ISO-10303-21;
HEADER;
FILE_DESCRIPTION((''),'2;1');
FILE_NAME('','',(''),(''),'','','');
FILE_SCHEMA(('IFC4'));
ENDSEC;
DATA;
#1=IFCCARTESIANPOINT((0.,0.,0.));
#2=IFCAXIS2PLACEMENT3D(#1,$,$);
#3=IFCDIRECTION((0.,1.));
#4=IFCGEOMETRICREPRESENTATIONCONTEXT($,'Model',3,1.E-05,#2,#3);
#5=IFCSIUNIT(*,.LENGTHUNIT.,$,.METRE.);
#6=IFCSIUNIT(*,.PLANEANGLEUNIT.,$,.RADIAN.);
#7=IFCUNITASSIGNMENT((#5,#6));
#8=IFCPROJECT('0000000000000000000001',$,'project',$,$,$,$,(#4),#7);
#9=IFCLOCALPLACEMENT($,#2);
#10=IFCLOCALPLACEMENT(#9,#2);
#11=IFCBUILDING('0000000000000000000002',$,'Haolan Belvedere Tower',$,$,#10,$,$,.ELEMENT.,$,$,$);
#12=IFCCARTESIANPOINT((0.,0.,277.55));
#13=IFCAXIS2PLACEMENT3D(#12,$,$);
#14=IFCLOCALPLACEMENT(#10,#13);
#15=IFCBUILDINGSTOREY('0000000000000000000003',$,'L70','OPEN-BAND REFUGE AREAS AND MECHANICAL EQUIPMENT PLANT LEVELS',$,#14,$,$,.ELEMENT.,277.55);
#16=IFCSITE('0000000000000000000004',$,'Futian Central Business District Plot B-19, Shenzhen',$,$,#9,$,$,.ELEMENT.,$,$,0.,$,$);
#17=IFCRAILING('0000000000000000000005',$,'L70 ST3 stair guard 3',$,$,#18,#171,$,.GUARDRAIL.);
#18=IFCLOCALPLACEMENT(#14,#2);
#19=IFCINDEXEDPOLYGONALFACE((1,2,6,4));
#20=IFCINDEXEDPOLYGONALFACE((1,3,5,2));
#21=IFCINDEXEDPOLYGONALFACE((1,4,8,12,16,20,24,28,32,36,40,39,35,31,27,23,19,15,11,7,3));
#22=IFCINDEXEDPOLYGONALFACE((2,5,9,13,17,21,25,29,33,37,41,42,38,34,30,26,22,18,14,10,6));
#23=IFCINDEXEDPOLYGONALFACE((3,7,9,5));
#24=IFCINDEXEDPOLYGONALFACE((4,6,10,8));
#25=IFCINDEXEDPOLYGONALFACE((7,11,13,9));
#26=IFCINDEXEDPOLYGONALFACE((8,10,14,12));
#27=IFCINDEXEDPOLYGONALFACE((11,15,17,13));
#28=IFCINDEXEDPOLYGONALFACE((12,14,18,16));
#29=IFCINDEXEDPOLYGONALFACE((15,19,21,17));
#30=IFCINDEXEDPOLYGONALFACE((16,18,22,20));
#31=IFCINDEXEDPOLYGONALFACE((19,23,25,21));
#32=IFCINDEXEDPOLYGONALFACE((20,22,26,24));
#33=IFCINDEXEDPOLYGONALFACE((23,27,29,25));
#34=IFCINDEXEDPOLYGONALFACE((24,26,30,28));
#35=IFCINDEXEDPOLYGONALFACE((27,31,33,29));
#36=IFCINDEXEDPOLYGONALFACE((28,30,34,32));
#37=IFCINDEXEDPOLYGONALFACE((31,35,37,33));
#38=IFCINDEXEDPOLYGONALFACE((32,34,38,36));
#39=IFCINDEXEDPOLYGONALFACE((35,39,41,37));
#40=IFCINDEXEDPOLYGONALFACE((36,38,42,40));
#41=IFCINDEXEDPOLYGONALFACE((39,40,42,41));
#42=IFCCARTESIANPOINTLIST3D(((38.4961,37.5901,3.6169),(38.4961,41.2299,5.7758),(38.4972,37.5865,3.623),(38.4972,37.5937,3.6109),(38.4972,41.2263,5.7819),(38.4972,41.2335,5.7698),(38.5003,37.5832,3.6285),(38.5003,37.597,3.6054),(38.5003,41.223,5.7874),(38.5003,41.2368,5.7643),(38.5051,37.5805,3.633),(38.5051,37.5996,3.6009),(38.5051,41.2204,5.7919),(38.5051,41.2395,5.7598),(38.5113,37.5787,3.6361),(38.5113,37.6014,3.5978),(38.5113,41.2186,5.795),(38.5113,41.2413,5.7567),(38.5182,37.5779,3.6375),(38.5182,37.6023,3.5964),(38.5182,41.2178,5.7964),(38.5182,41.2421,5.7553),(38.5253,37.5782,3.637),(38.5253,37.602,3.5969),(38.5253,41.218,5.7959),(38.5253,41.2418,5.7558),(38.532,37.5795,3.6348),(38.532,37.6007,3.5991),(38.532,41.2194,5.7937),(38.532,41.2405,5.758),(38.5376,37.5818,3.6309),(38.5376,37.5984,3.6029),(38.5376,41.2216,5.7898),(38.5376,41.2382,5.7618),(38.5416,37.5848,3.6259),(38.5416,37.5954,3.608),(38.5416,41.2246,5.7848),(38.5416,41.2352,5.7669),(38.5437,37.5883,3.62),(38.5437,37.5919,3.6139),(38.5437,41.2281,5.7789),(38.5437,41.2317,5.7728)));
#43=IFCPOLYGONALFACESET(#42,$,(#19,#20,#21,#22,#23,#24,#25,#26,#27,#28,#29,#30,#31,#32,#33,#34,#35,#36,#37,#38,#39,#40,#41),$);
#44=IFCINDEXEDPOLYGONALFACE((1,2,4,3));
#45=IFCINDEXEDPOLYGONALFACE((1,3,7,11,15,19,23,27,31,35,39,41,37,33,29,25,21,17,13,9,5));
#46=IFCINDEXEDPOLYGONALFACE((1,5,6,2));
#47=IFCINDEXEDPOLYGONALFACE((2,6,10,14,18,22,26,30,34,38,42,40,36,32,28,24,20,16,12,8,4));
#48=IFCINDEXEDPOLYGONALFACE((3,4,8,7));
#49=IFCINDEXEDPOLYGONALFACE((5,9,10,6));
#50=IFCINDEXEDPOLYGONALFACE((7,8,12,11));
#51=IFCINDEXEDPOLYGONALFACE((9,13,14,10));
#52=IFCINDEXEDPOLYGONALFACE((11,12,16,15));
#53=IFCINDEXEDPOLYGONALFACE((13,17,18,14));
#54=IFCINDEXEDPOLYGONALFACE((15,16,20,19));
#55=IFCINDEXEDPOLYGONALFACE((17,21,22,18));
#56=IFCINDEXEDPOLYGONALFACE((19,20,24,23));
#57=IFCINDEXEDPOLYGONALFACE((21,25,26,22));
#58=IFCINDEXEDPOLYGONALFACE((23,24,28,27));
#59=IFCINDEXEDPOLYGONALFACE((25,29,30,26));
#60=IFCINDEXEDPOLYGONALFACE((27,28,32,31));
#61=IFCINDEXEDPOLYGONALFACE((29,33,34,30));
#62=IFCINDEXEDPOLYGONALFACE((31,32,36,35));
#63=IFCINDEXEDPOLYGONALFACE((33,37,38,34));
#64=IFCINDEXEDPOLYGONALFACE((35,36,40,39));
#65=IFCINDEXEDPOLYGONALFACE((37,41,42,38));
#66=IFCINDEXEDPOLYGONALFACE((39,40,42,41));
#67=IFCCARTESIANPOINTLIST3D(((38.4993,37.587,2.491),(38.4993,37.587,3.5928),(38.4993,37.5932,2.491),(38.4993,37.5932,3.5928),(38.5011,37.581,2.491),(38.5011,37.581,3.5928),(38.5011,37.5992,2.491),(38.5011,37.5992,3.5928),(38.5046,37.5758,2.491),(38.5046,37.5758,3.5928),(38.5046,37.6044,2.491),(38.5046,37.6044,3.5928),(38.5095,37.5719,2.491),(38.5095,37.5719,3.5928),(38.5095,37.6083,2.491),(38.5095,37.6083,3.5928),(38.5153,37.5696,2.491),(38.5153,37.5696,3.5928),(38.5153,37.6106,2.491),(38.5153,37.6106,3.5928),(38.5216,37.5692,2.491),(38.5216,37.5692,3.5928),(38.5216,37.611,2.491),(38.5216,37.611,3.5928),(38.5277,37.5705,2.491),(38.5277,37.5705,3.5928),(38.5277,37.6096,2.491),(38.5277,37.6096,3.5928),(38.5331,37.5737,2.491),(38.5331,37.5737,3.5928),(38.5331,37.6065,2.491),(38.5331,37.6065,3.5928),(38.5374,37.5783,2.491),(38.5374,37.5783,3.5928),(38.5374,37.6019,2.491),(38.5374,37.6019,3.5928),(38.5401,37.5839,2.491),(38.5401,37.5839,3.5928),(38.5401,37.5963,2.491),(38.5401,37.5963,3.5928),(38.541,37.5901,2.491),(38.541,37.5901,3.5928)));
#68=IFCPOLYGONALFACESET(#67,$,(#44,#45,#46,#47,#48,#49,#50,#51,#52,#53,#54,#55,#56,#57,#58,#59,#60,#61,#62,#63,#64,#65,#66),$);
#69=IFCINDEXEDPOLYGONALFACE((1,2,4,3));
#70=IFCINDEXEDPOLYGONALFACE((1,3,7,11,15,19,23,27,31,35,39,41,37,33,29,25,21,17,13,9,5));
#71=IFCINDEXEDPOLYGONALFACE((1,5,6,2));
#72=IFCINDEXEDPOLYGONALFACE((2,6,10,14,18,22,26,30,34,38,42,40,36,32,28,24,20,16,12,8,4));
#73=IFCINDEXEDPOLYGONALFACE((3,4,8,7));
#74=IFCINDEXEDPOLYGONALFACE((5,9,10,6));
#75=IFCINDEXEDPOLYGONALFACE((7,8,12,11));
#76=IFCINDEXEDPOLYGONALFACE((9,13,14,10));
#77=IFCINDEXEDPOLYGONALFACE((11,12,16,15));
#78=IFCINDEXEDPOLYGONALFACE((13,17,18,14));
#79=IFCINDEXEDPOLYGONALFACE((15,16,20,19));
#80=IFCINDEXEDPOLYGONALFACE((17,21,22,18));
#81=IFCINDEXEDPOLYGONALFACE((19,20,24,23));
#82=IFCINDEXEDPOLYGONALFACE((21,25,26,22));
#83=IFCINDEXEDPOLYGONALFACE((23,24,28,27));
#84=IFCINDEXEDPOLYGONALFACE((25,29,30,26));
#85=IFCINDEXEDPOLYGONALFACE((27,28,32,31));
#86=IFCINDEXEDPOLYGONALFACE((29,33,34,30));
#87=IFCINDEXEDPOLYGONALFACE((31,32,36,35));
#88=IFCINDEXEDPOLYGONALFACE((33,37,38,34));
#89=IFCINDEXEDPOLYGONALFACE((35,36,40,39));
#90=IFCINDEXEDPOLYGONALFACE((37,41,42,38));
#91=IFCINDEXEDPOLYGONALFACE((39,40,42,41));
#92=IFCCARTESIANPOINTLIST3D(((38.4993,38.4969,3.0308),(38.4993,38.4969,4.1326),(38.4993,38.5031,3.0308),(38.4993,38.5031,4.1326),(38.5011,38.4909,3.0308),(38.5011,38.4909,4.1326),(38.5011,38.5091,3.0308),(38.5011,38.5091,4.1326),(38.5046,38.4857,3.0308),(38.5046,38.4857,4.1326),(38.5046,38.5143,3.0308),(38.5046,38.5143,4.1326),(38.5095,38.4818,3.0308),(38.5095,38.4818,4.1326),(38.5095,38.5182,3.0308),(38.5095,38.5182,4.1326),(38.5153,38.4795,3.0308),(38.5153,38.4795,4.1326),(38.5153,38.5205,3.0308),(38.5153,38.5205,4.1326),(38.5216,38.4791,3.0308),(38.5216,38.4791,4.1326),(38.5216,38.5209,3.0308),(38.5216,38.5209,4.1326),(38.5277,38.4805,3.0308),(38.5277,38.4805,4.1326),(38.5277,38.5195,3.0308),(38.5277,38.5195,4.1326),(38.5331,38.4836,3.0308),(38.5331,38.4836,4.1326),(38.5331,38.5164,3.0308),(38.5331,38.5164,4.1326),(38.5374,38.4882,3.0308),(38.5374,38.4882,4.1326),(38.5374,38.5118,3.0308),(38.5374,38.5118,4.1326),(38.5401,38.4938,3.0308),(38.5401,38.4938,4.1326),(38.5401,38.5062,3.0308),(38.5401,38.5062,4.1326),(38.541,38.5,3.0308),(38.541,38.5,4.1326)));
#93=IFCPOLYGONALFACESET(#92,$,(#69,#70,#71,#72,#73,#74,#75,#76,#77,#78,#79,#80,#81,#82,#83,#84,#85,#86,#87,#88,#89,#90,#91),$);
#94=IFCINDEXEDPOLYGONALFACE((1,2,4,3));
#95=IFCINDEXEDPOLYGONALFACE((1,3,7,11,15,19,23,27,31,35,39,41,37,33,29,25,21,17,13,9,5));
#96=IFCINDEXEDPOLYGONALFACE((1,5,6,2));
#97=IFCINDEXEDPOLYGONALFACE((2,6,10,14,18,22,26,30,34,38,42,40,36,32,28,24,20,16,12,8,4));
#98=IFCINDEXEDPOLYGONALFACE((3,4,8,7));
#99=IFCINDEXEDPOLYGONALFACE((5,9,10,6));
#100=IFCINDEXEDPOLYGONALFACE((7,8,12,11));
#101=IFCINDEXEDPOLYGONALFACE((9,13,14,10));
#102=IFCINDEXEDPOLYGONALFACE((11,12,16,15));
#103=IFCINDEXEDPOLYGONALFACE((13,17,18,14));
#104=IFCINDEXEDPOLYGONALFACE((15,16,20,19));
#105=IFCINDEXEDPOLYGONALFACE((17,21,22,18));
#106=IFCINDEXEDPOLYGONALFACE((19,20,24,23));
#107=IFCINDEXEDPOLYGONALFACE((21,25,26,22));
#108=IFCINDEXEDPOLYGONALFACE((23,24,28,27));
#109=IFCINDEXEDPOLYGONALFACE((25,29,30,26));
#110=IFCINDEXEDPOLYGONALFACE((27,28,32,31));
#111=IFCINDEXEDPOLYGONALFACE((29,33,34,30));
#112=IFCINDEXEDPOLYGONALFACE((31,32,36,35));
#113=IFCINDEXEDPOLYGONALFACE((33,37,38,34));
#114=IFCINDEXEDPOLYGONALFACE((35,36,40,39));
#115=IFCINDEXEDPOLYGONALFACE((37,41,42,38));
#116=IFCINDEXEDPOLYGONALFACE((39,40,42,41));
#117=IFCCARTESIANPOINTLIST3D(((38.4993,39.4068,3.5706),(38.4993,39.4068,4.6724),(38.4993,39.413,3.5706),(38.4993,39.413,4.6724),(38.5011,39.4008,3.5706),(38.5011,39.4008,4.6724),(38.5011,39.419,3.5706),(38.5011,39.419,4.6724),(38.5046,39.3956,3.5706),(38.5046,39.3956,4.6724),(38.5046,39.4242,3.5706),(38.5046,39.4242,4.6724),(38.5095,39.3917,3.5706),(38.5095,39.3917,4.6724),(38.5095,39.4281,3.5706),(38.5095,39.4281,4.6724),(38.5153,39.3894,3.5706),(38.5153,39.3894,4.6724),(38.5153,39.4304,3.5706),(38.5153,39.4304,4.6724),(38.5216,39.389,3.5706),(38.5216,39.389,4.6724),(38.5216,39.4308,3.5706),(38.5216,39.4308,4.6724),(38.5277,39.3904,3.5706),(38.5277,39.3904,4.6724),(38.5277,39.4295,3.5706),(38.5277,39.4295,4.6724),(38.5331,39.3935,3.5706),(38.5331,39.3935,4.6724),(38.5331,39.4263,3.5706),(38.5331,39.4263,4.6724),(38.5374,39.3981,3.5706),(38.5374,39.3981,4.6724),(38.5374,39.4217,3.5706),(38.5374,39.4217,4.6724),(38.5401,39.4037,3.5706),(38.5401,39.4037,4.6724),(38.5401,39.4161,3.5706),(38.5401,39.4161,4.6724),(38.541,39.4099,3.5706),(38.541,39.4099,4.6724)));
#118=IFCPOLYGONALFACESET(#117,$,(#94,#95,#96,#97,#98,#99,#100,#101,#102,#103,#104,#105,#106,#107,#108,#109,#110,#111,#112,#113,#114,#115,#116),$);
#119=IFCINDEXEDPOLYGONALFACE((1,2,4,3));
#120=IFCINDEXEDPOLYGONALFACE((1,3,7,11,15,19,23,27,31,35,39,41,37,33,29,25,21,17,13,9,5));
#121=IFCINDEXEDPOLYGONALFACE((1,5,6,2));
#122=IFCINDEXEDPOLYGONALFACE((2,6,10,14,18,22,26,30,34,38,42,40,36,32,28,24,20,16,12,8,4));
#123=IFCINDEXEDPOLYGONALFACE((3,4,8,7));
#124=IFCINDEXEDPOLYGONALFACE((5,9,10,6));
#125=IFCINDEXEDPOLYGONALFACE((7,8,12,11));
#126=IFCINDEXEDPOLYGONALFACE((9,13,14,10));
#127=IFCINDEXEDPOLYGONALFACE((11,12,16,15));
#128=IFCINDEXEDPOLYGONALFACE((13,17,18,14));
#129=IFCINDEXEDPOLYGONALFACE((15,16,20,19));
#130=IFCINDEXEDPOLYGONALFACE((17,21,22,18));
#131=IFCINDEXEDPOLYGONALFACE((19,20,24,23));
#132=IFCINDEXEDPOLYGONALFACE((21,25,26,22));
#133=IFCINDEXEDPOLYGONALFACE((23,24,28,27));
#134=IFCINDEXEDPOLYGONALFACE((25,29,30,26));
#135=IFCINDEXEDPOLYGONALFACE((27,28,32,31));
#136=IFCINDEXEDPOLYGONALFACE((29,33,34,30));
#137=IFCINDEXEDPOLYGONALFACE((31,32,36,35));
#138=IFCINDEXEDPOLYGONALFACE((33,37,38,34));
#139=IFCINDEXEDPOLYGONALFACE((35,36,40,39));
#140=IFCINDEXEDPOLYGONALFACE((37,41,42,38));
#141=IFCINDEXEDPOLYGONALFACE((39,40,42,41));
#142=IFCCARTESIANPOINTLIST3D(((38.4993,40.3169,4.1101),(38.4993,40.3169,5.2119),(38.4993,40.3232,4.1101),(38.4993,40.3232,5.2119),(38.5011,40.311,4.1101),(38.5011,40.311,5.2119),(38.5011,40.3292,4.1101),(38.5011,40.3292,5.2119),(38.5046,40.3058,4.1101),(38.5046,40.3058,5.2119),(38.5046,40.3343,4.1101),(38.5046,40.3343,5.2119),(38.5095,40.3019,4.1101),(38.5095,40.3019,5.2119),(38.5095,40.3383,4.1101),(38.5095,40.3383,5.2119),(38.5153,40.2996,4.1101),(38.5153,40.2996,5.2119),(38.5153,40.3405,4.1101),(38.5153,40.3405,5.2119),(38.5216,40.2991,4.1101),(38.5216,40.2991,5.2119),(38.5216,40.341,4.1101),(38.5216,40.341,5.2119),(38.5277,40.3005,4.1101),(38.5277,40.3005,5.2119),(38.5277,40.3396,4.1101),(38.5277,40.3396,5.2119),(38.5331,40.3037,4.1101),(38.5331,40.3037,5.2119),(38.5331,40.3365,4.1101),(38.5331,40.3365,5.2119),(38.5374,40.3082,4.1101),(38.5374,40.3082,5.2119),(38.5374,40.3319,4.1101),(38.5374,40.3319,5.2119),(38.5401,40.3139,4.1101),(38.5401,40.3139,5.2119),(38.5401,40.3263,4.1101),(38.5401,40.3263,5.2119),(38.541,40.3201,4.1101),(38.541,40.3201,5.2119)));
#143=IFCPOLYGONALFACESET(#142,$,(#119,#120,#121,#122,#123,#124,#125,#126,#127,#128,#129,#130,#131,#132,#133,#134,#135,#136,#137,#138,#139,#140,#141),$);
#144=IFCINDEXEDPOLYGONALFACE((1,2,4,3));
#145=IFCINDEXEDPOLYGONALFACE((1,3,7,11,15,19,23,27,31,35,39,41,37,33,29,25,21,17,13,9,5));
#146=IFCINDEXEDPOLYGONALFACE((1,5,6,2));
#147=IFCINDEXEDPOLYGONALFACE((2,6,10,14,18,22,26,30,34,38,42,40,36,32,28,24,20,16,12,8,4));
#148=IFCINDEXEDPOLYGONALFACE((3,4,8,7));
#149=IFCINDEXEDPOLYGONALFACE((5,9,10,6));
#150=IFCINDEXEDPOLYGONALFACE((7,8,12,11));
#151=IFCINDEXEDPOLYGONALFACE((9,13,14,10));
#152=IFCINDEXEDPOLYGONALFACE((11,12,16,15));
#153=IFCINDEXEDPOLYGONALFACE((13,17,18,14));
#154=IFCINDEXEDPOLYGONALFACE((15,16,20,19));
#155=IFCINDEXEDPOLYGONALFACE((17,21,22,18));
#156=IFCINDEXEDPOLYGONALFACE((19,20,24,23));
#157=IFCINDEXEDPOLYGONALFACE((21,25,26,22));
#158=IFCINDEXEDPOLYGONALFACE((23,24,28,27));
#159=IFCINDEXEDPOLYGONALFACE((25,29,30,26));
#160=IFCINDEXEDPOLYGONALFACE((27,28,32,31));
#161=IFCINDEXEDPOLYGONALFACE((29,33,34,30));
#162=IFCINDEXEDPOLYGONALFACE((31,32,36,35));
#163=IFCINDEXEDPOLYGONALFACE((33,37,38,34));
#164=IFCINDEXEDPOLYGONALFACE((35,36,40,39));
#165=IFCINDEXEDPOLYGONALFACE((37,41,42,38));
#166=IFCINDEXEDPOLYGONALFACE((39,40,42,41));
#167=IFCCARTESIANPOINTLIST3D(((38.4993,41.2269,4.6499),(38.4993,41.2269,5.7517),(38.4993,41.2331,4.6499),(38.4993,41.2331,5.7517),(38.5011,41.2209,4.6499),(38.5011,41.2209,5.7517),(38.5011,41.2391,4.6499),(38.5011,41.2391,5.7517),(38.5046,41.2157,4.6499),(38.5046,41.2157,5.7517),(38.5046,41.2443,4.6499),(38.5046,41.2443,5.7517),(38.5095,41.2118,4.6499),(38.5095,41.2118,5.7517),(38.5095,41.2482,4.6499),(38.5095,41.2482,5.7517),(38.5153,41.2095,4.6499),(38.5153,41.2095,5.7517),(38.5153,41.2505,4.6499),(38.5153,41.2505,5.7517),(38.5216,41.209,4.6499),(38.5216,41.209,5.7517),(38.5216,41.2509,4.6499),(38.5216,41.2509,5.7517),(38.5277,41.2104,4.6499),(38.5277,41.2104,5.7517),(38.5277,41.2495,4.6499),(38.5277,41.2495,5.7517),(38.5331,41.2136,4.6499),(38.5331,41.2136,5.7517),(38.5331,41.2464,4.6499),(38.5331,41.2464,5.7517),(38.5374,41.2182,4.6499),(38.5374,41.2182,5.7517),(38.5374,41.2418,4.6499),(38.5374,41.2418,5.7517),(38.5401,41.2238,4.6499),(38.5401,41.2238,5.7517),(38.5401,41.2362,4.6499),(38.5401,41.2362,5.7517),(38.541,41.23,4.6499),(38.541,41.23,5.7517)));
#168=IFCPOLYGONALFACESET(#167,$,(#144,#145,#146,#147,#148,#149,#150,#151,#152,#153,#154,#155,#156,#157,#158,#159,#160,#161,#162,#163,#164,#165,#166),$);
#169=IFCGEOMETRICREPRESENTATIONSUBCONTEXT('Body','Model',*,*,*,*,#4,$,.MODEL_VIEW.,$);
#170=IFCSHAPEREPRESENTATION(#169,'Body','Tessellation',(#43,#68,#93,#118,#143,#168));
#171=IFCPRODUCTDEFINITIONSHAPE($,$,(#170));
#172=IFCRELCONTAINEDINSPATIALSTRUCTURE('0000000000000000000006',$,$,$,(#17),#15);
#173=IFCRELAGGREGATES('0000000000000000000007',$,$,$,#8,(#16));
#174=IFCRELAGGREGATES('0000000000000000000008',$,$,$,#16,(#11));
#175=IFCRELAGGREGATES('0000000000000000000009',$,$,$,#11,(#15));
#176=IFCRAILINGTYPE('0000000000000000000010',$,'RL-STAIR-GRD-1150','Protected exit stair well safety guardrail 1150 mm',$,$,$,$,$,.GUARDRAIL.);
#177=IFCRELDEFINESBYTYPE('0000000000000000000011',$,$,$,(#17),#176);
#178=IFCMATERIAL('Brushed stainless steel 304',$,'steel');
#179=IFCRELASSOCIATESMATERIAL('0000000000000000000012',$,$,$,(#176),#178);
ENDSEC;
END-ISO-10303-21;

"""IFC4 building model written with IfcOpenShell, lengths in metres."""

from ifc_helpers import new_model, si_unit, direction, frame, origin, origin_2d, place, context, subcontext, project, spatial, circle, extrude, material, type_object, element, save


model = new_model("IFC4")

# Units and contexts
model_context = context("Model", 3, precision=1e-05, world=origin(), true_north=direction((0.0, 1.0)))
body_context = subcontext(model_context, "Body", "Model", "MODEL_VIEW")
ifc_project = project(units=[si_unit("LENGTHUNIT", "METRE"), si_unit("PLANEANGLEUNIT", "RADIAN")], contexts=[model_context])

# Site, building, storey
site_placement = place(None, origin())
site = spatial("IfcSite", under=ifc_project, at=site_placement, Name="Futian Central Business District Plot B-19, Shenzhen", CompositionType="ELEMENT", RefElevation=0.0)
building_placement = place(site_placement, origin())
building = spatial("IfcBuilding", under=site, at=building_placement, Name="Haolan Belvedere Tower", CompositionType="ELEMENT")
storey_placement = place(building_placement, frame((0.0, 0.0, 277.55)))
storey = spatial("IfcBuildingStorey", under=building, at=storey_placement, Name="L70", Description="OPEN-BAND REFUGE AREAS AND MECHANICAL EQUIPMENT PLANT LEVELS", CompositionType="ELEMENT", Elevation=277.55)

# Railing
ifc_material_1 = material(Name="Brushed stainless steel 304", Category="steel")
railing_type_1 = type_object("IfcRailingType", Name="RL-STAIR-GRD-1150", Description="Protected exit stair well safety guardrail 1150 mm", PredefinedType="GUARDRAIL", material=ifc_material_1)
railing_1_placement = place(storey_placement, frame((38.52, 37.5901, 2.491)))
element("IfcRailing", 1, at=railing_1_placement, inside=storey, type_object=railing_type_1, Name="L70 ST3 stair guard 3", PredefinedType="GUARDRAIL", context=body_context, shape_type="SweptSolid", body=[
    extrude(circle(Radius=0.0239, at=origin_2d()), frame((0.0, 0.0, 1.126), z_axis=(0.0, 0.860088, 0.510145), x_axis=(-1.0, 0.0, 0.0)), (0.0, 0.0, 1.0), 4.2319),
    extrude(circle(Radius=0.021, at=origin_2d()), origin(), (0.0, 0.0, 1.0), 1.1018),
    extrude(circle(Radius=0.021, at=origin_2d()), frame((0.0, 0.9099, 0.5398)), (0.0, 0.0, 1.0), 1.1018),
    extrude(circle(Radius=0.021, at=origin_2d()), frame((0.0, 1.8198, 1.0796)), (0.0, 0.0, 1.0), 1.1018),
    extrude(circle(Radius=0.021, at=origin_2d()), frame((0.0, 2.73, 1.6191)), (0.0, 0.0, 1.0), 1.1018),
    extrude(circle(Radius=0.021, at=origin_2d()), frame((0.0, 3.6399, 2.1589)), (0.0, 0.0, 1.0), 1.1018),
])

save(model, "model.ifc")
